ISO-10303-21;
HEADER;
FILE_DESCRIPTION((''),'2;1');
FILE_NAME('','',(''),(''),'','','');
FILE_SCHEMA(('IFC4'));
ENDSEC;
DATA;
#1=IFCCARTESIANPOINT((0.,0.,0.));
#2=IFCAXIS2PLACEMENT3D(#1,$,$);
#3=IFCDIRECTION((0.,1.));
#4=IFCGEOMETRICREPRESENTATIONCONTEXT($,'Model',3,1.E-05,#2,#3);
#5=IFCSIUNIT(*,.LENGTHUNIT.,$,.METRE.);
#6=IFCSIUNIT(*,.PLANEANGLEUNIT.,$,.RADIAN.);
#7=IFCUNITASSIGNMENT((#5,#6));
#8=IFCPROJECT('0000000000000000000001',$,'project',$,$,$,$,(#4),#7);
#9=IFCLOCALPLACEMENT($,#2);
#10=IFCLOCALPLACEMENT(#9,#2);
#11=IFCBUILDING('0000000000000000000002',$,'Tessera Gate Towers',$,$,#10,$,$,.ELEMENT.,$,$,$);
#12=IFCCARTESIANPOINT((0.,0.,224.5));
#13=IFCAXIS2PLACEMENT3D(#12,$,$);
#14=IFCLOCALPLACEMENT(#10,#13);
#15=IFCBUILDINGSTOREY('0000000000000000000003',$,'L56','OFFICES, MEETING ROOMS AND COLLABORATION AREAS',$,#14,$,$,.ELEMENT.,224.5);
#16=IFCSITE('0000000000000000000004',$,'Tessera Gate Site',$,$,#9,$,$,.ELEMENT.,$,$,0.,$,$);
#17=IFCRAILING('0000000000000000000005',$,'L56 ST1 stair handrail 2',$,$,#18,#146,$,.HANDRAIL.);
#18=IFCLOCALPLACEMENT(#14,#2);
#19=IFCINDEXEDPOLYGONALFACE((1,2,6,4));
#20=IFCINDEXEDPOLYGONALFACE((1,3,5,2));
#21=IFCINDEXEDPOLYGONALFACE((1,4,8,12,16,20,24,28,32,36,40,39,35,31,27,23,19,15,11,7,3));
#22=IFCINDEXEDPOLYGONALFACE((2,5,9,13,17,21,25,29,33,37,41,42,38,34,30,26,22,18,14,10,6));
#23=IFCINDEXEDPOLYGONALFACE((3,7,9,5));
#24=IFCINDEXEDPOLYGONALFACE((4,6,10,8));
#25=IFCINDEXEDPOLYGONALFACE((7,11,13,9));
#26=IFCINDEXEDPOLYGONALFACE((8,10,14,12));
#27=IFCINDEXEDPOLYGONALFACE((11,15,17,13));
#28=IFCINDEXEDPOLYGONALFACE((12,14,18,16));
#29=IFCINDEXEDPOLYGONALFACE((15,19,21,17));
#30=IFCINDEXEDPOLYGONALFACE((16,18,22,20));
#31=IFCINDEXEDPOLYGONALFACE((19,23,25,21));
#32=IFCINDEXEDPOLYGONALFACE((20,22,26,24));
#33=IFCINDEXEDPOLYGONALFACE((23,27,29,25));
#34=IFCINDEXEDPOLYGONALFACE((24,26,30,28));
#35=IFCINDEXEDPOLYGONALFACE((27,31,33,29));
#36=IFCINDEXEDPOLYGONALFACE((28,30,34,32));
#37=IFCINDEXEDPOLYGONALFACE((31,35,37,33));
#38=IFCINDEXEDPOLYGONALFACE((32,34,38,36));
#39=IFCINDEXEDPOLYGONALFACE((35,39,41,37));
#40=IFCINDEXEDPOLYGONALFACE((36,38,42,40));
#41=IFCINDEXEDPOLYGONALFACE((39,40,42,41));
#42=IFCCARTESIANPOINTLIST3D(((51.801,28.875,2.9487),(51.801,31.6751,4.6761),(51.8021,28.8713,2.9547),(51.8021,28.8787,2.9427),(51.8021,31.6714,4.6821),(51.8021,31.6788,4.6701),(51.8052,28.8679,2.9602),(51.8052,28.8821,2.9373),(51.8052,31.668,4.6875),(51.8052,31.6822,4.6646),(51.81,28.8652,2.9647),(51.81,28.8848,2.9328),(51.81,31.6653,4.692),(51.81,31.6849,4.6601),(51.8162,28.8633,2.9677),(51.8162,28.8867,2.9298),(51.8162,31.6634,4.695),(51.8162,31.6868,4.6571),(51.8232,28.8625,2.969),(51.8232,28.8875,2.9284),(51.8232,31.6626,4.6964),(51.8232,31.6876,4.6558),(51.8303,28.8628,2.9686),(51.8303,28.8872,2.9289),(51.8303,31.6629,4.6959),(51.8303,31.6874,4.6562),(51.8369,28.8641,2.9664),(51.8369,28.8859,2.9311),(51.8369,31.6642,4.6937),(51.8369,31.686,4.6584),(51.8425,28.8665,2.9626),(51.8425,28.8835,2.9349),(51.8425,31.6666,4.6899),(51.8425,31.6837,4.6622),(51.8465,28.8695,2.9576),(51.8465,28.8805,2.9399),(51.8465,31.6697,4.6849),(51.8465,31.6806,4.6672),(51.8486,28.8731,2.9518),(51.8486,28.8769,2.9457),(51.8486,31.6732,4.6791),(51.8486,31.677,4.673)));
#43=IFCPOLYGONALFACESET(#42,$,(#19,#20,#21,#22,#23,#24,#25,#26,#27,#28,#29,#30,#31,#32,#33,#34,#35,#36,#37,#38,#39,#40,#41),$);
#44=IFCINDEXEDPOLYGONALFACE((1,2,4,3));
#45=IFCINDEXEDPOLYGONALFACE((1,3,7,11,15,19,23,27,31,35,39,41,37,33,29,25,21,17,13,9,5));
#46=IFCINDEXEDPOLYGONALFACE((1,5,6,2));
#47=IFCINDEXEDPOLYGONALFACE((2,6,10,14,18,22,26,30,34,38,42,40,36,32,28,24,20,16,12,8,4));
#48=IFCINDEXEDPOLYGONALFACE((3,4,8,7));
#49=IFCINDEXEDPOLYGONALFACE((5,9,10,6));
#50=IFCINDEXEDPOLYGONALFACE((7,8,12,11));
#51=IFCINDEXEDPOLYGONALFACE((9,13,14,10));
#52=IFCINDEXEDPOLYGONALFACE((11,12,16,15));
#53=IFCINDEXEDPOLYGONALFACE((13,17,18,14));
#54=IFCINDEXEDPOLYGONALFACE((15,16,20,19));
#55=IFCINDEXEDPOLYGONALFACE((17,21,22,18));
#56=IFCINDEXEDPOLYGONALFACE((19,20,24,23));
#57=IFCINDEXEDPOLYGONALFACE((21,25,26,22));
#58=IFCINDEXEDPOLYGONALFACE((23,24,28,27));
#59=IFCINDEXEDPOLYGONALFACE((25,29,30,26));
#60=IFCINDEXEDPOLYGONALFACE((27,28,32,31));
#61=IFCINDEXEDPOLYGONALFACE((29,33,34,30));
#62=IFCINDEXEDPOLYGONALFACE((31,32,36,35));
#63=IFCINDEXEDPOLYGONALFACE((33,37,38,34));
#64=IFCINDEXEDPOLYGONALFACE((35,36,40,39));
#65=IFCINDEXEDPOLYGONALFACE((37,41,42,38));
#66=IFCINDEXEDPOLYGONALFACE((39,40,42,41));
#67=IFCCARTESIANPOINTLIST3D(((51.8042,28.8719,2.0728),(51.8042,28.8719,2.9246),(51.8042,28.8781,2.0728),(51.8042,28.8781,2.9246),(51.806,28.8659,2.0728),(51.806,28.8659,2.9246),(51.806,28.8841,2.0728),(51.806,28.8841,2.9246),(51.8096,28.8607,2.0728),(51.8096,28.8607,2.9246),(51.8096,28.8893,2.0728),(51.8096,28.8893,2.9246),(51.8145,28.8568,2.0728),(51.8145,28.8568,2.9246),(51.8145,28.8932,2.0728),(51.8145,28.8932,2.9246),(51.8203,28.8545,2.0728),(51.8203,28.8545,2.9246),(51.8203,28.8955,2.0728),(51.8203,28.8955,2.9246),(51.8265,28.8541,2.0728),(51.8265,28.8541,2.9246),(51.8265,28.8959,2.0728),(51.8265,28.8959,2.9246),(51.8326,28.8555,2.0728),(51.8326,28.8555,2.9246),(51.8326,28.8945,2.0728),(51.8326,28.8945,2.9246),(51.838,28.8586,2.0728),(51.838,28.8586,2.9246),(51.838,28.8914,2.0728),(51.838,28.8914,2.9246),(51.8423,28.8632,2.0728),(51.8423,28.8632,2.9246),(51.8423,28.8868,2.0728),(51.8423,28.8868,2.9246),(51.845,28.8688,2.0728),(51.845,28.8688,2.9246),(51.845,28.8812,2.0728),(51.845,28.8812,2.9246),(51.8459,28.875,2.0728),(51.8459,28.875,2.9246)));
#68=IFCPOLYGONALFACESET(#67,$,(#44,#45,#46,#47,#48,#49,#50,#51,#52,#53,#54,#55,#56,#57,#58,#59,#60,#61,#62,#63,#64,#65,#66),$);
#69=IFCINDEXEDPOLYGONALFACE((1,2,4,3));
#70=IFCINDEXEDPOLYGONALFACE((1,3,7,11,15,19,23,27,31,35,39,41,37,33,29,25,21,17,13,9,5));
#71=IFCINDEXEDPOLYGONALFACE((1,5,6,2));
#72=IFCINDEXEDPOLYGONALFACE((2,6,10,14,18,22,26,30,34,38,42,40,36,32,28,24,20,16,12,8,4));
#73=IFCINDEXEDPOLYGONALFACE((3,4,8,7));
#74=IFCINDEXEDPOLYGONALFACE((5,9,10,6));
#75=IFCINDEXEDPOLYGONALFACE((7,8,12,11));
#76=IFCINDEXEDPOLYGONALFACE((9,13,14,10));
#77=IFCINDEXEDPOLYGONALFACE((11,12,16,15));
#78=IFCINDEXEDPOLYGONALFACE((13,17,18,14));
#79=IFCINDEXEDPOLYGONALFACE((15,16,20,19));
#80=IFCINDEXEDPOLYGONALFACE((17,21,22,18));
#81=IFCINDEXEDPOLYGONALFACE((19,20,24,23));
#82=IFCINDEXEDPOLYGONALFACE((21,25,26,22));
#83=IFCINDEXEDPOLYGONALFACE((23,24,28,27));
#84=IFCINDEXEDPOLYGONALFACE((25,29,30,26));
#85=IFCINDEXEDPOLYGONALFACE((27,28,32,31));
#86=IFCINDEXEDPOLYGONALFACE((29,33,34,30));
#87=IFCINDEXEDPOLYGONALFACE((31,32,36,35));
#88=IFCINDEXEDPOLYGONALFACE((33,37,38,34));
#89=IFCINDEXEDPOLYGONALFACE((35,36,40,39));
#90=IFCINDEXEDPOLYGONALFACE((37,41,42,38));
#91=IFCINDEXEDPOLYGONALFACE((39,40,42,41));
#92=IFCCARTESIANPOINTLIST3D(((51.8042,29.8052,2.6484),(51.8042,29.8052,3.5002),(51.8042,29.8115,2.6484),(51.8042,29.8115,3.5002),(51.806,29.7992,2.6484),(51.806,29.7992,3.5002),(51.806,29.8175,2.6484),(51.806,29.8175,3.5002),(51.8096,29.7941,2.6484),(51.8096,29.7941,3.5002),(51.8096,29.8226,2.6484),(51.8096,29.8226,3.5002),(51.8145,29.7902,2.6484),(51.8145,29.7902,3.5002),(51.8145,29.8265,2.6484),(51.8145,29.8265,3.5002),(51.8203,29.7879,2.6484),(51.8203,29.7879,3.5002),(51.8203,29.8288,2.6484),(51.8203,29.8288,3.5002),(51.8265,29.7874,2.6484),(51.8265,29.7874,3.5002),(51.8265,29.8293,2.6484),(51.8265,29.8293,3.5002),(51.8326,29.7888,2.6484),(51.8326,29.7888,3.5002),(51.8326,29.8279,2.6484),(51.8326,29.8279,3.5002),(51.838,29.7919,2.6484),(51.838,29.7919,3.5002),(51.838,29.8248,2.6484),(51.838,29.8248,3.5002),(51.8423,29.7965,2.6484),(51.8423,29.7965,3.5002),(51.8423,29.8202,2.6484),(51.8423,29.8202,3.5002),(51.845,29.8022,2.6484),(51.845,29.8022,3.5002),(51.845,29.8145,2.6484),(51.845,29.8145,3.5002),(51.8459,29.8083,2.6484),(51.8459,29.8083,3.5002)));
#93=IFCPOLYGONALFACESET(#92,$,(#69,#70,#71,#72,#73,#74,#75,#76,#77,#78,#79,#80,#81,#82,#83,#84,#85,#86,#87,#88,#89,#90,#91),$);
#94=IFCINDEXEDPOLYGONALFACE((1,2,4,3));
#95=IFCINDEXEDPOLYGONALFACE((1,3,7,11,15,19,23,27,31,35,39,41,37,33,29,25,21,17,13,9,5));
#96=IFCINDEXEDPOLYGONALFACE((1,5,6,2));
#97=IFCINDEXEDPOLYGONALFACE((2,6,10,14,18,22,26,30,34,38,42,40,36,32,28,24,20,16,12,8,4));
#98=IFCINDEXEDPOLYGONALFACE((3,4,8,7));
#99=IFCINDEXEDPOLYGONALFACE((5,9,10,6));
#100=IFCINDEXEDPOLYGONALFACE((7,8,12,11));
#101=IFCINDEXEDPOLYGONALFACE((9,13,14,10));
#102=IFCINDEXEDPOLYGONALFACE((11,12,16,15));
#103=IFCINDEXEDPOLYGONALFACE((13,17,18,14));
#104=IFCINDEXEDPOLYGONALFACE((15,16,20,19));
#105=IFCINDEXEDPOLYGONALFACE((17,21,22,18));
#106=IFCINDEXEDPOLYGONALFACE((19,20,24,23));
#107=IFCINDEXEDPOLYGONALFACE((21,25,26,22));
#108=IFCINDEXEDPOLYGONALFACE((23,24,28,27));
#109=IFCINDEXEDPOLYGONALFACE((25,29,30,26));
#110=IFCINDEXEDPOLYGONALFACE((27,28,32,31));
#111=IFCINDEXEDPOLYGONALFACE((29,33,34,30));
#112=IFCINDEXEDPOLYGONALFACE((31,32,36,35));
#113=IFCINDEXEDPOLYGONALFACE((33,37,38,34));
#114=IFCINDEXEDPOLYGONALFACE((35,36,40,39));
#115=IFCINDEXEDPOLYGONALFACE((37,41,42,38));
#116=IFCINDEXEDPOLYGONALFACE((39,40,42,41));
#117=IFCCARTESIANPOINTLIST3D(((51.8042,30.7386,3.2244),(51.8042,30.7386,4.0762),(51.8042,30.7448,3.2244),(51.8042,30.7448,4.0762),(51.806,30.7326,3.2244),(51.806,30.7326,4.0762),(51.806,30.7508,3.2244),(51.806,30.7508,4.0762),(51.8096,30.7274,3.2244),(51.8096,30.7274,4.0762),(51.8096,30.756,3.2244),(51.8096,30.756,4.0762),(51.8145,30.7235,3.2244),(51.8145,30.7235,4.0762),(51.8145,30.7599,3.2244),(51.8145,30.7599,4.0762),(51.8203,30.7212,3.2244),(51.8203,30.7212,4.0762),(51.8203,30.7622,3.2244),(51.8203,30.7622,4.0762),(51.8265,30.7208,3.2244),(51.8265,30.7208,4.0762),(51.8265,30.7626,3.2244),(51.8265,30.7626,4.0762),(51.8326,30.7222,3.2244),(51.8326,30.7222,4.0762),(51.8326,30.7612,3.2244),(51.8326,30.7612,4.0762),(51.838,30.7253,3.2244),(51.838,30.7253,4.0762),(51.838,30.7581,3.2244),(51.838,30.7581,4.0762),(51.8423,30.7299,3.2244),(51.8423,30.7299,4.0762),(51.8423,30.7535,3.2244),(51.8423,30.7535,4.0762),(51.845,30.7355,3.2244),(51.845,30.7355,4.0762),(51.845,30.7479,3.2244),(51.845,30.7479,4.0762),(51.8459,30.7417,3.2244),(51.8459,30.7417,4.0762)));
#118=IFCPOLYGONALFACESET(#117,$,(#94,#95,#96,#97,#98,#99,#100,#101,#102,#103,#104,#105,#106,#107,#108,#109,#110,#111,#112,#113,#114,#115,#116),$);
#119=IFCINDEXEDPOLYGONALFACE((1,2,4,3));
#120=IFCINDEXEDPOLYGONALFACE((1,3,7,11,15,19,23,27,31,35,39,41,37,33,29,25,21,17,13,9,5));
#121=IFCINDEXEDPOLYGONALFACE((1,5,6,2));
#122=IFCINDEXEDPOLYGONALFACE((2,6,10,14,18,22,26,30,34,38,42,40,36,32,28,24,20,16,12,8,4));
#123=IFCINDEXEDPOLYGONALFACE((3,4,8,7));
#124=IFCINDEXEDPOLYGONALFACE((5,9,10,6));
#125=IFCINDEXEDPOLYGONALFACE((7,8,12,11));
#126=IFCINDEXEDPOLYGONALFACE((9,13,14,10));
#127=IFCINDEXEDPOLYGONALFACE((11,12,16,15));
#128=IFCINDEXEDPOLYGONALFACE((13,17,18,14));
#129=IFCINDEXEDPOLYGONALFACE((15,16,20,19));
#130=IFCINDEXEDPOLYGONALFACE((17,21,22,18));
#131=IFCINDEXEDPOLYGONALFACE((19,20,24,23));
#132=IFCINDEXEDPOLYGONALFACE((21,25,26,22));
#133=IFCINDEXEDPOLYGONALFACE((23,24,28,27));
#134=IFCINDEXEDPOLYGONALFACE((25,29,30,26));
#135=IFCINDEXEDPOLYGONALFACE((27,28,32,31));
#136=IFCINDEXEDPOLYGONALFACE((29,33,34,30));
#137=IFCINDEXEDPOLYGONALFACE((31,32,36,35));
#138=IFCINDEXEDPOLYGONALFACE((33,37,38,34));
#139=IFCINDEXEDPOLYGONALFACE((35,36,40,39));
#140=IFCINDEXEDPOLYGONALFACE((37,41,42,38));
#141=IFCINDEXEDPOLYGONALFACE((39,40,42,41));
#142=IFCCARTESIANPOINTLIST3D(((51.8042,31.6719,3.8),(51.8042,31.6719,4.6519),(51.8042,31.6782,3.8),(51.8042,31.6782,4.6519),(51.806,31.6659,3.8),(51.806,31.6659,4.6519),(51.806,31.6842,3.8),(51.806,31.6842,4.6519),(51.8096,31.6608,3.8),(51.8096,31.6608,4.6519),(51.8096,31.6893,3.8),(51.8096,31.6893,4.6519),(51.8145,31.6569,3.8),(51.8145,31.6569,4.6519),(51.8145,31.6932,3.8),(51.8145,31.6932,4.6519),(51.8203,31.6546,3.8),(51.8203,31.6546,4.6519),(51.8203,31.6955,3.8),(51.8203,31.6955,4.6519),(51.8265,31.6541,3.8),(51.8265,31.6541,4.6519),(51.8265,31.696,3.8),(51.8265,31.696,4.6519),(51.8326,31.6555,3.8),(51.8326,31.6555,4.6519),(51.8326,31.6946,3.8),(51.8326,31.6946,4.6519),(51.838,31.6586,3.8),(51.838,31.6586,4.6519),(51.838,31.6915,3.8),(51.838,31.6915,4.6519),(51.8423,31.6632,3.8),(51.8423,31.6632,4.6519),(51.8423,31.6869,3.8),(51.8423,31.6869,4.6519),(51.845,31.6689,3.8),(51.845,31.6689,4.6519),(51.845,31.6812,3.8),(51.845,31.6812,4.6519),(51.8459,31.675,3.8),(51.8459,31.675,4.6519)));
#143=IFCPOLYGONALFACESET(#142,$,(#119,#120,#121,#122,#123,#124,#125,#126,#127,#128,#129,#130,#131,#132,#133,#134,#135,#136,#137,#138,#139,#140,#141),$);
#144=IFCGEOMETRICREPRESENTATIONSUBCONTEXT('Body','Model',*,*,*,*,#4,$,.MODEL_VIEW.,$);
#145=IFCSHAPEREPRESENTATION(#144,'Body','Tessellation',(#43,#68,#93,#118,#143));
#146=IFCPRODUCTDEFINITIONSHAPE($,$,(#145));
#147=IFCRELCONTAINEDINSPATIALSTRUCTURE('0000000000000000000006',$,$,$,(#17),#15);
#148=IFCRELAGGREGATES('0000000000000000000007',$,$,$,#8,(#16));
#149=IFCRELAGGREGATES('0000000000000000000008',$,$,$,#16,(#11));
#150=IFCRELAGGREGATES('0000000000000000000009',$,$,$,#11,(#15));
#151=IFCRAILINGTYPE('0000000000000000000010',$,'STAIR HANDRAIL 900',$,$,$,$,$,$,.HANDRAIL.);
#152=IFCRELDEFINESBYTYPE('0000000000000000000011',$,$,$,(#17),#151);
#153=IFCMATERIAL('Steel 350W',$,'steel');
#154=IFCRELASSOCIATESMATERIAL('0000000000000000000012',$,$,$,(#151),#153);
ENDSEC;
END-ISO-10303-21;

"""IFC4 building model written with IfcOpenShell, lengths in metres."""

from ifc_helpers import new_model, si_unit, direction, frame, origin, origin_2d, place, context, subcontext, project, spatial, circle, extrude, material, type_object, element, save


model = new_model("IFC4")

# Units and contexts
model_context = context("Model", 3, precision=1e-05, world=origin(), true_north=direction((0.0, 1.0)))
body_context = subcontext(model_context, "Body", "Model", "MODEL_VIEW")
ifc_project = project(units=[si_unit("LENGTHUNIT", "METRE"), si_unit("PLANEANGLEUNIT", "RADIAN")], contexts=[model_context])

# Site, building, storey
site_placement = place(None, origin())
site = spatial("IfcSite", under=ifc_project, at=site_placement, Name="Tessera Gate Site", CompositionType="ELEMENT", RefElevation=0.0)
building_placement = place(site_placement, origin())
building = spatial("IfcBuilding", under=site, at=building_placement, Name="Tessera Gate Towers", CompositionType="ELEMENT")
storey_placement = place(building_placement, frame((0.0, 0.0, 224.5)))
storey = spatial("IfcBuildingStorey", under=building, at=storey_placement, Name="L56", Description="OFFICES, MEETING ROOMS AND COLLABORATION AREAS", CompositionType="ELEMENT", Elevation=224.5)

# Railing
ifc_material_1 = material(Name="Steel 350W", Category="steel")
railing_type = type_object("IfcRailingType", Name="STAIR HANDRAIL 900", PredefinedType="HANDRAIL", material=ifc_material_1)
railing_1_placement = place(storey_placement, frame((51.825, 28.875, 2.0728)))
element("IfcRailing", 1, at=railing_1_placement, inside=storey, type_object=railing_type, Name="L56 ST1 stair handrail 2", PredefinedType="HANDRAIL", context=body_context, shape_type="SweptSolid", body=[
    extrude(circle(Radius=0.0239, at=origin_2d()), frame((0.0, 0.0, 0.876), z_axis=(0.0, 0.85109, 0.52502), x_axis=(-1.0, 0.0, 0.0)), (0.0, 0.0, 1.0), 3.29),
    extrude(circle(Radius=0.021, at=origin_2d()), origin(), (0.0, 0.0, 1.0), 0.8518),
    extrude(circle(Radius=0.021, at=origin_2d()), frame((0.0, 0.9333, 0.5757)), (0.0, 0.0, 1.0), 0.8518),
    extrude(circle(Radius=0.021, at=origin_2d()), frame((0.0, 1.8667, 1.1516)), (0.0, 0.0, 1.0), 0.8518),
    extrude(circle(Radius=0.021, at=origin_2d()), frame((0.0, 2.8, 1.7273)), (0.0, 0.0, 1.0), 0.8518),
])

save(model, "model.ifc")
